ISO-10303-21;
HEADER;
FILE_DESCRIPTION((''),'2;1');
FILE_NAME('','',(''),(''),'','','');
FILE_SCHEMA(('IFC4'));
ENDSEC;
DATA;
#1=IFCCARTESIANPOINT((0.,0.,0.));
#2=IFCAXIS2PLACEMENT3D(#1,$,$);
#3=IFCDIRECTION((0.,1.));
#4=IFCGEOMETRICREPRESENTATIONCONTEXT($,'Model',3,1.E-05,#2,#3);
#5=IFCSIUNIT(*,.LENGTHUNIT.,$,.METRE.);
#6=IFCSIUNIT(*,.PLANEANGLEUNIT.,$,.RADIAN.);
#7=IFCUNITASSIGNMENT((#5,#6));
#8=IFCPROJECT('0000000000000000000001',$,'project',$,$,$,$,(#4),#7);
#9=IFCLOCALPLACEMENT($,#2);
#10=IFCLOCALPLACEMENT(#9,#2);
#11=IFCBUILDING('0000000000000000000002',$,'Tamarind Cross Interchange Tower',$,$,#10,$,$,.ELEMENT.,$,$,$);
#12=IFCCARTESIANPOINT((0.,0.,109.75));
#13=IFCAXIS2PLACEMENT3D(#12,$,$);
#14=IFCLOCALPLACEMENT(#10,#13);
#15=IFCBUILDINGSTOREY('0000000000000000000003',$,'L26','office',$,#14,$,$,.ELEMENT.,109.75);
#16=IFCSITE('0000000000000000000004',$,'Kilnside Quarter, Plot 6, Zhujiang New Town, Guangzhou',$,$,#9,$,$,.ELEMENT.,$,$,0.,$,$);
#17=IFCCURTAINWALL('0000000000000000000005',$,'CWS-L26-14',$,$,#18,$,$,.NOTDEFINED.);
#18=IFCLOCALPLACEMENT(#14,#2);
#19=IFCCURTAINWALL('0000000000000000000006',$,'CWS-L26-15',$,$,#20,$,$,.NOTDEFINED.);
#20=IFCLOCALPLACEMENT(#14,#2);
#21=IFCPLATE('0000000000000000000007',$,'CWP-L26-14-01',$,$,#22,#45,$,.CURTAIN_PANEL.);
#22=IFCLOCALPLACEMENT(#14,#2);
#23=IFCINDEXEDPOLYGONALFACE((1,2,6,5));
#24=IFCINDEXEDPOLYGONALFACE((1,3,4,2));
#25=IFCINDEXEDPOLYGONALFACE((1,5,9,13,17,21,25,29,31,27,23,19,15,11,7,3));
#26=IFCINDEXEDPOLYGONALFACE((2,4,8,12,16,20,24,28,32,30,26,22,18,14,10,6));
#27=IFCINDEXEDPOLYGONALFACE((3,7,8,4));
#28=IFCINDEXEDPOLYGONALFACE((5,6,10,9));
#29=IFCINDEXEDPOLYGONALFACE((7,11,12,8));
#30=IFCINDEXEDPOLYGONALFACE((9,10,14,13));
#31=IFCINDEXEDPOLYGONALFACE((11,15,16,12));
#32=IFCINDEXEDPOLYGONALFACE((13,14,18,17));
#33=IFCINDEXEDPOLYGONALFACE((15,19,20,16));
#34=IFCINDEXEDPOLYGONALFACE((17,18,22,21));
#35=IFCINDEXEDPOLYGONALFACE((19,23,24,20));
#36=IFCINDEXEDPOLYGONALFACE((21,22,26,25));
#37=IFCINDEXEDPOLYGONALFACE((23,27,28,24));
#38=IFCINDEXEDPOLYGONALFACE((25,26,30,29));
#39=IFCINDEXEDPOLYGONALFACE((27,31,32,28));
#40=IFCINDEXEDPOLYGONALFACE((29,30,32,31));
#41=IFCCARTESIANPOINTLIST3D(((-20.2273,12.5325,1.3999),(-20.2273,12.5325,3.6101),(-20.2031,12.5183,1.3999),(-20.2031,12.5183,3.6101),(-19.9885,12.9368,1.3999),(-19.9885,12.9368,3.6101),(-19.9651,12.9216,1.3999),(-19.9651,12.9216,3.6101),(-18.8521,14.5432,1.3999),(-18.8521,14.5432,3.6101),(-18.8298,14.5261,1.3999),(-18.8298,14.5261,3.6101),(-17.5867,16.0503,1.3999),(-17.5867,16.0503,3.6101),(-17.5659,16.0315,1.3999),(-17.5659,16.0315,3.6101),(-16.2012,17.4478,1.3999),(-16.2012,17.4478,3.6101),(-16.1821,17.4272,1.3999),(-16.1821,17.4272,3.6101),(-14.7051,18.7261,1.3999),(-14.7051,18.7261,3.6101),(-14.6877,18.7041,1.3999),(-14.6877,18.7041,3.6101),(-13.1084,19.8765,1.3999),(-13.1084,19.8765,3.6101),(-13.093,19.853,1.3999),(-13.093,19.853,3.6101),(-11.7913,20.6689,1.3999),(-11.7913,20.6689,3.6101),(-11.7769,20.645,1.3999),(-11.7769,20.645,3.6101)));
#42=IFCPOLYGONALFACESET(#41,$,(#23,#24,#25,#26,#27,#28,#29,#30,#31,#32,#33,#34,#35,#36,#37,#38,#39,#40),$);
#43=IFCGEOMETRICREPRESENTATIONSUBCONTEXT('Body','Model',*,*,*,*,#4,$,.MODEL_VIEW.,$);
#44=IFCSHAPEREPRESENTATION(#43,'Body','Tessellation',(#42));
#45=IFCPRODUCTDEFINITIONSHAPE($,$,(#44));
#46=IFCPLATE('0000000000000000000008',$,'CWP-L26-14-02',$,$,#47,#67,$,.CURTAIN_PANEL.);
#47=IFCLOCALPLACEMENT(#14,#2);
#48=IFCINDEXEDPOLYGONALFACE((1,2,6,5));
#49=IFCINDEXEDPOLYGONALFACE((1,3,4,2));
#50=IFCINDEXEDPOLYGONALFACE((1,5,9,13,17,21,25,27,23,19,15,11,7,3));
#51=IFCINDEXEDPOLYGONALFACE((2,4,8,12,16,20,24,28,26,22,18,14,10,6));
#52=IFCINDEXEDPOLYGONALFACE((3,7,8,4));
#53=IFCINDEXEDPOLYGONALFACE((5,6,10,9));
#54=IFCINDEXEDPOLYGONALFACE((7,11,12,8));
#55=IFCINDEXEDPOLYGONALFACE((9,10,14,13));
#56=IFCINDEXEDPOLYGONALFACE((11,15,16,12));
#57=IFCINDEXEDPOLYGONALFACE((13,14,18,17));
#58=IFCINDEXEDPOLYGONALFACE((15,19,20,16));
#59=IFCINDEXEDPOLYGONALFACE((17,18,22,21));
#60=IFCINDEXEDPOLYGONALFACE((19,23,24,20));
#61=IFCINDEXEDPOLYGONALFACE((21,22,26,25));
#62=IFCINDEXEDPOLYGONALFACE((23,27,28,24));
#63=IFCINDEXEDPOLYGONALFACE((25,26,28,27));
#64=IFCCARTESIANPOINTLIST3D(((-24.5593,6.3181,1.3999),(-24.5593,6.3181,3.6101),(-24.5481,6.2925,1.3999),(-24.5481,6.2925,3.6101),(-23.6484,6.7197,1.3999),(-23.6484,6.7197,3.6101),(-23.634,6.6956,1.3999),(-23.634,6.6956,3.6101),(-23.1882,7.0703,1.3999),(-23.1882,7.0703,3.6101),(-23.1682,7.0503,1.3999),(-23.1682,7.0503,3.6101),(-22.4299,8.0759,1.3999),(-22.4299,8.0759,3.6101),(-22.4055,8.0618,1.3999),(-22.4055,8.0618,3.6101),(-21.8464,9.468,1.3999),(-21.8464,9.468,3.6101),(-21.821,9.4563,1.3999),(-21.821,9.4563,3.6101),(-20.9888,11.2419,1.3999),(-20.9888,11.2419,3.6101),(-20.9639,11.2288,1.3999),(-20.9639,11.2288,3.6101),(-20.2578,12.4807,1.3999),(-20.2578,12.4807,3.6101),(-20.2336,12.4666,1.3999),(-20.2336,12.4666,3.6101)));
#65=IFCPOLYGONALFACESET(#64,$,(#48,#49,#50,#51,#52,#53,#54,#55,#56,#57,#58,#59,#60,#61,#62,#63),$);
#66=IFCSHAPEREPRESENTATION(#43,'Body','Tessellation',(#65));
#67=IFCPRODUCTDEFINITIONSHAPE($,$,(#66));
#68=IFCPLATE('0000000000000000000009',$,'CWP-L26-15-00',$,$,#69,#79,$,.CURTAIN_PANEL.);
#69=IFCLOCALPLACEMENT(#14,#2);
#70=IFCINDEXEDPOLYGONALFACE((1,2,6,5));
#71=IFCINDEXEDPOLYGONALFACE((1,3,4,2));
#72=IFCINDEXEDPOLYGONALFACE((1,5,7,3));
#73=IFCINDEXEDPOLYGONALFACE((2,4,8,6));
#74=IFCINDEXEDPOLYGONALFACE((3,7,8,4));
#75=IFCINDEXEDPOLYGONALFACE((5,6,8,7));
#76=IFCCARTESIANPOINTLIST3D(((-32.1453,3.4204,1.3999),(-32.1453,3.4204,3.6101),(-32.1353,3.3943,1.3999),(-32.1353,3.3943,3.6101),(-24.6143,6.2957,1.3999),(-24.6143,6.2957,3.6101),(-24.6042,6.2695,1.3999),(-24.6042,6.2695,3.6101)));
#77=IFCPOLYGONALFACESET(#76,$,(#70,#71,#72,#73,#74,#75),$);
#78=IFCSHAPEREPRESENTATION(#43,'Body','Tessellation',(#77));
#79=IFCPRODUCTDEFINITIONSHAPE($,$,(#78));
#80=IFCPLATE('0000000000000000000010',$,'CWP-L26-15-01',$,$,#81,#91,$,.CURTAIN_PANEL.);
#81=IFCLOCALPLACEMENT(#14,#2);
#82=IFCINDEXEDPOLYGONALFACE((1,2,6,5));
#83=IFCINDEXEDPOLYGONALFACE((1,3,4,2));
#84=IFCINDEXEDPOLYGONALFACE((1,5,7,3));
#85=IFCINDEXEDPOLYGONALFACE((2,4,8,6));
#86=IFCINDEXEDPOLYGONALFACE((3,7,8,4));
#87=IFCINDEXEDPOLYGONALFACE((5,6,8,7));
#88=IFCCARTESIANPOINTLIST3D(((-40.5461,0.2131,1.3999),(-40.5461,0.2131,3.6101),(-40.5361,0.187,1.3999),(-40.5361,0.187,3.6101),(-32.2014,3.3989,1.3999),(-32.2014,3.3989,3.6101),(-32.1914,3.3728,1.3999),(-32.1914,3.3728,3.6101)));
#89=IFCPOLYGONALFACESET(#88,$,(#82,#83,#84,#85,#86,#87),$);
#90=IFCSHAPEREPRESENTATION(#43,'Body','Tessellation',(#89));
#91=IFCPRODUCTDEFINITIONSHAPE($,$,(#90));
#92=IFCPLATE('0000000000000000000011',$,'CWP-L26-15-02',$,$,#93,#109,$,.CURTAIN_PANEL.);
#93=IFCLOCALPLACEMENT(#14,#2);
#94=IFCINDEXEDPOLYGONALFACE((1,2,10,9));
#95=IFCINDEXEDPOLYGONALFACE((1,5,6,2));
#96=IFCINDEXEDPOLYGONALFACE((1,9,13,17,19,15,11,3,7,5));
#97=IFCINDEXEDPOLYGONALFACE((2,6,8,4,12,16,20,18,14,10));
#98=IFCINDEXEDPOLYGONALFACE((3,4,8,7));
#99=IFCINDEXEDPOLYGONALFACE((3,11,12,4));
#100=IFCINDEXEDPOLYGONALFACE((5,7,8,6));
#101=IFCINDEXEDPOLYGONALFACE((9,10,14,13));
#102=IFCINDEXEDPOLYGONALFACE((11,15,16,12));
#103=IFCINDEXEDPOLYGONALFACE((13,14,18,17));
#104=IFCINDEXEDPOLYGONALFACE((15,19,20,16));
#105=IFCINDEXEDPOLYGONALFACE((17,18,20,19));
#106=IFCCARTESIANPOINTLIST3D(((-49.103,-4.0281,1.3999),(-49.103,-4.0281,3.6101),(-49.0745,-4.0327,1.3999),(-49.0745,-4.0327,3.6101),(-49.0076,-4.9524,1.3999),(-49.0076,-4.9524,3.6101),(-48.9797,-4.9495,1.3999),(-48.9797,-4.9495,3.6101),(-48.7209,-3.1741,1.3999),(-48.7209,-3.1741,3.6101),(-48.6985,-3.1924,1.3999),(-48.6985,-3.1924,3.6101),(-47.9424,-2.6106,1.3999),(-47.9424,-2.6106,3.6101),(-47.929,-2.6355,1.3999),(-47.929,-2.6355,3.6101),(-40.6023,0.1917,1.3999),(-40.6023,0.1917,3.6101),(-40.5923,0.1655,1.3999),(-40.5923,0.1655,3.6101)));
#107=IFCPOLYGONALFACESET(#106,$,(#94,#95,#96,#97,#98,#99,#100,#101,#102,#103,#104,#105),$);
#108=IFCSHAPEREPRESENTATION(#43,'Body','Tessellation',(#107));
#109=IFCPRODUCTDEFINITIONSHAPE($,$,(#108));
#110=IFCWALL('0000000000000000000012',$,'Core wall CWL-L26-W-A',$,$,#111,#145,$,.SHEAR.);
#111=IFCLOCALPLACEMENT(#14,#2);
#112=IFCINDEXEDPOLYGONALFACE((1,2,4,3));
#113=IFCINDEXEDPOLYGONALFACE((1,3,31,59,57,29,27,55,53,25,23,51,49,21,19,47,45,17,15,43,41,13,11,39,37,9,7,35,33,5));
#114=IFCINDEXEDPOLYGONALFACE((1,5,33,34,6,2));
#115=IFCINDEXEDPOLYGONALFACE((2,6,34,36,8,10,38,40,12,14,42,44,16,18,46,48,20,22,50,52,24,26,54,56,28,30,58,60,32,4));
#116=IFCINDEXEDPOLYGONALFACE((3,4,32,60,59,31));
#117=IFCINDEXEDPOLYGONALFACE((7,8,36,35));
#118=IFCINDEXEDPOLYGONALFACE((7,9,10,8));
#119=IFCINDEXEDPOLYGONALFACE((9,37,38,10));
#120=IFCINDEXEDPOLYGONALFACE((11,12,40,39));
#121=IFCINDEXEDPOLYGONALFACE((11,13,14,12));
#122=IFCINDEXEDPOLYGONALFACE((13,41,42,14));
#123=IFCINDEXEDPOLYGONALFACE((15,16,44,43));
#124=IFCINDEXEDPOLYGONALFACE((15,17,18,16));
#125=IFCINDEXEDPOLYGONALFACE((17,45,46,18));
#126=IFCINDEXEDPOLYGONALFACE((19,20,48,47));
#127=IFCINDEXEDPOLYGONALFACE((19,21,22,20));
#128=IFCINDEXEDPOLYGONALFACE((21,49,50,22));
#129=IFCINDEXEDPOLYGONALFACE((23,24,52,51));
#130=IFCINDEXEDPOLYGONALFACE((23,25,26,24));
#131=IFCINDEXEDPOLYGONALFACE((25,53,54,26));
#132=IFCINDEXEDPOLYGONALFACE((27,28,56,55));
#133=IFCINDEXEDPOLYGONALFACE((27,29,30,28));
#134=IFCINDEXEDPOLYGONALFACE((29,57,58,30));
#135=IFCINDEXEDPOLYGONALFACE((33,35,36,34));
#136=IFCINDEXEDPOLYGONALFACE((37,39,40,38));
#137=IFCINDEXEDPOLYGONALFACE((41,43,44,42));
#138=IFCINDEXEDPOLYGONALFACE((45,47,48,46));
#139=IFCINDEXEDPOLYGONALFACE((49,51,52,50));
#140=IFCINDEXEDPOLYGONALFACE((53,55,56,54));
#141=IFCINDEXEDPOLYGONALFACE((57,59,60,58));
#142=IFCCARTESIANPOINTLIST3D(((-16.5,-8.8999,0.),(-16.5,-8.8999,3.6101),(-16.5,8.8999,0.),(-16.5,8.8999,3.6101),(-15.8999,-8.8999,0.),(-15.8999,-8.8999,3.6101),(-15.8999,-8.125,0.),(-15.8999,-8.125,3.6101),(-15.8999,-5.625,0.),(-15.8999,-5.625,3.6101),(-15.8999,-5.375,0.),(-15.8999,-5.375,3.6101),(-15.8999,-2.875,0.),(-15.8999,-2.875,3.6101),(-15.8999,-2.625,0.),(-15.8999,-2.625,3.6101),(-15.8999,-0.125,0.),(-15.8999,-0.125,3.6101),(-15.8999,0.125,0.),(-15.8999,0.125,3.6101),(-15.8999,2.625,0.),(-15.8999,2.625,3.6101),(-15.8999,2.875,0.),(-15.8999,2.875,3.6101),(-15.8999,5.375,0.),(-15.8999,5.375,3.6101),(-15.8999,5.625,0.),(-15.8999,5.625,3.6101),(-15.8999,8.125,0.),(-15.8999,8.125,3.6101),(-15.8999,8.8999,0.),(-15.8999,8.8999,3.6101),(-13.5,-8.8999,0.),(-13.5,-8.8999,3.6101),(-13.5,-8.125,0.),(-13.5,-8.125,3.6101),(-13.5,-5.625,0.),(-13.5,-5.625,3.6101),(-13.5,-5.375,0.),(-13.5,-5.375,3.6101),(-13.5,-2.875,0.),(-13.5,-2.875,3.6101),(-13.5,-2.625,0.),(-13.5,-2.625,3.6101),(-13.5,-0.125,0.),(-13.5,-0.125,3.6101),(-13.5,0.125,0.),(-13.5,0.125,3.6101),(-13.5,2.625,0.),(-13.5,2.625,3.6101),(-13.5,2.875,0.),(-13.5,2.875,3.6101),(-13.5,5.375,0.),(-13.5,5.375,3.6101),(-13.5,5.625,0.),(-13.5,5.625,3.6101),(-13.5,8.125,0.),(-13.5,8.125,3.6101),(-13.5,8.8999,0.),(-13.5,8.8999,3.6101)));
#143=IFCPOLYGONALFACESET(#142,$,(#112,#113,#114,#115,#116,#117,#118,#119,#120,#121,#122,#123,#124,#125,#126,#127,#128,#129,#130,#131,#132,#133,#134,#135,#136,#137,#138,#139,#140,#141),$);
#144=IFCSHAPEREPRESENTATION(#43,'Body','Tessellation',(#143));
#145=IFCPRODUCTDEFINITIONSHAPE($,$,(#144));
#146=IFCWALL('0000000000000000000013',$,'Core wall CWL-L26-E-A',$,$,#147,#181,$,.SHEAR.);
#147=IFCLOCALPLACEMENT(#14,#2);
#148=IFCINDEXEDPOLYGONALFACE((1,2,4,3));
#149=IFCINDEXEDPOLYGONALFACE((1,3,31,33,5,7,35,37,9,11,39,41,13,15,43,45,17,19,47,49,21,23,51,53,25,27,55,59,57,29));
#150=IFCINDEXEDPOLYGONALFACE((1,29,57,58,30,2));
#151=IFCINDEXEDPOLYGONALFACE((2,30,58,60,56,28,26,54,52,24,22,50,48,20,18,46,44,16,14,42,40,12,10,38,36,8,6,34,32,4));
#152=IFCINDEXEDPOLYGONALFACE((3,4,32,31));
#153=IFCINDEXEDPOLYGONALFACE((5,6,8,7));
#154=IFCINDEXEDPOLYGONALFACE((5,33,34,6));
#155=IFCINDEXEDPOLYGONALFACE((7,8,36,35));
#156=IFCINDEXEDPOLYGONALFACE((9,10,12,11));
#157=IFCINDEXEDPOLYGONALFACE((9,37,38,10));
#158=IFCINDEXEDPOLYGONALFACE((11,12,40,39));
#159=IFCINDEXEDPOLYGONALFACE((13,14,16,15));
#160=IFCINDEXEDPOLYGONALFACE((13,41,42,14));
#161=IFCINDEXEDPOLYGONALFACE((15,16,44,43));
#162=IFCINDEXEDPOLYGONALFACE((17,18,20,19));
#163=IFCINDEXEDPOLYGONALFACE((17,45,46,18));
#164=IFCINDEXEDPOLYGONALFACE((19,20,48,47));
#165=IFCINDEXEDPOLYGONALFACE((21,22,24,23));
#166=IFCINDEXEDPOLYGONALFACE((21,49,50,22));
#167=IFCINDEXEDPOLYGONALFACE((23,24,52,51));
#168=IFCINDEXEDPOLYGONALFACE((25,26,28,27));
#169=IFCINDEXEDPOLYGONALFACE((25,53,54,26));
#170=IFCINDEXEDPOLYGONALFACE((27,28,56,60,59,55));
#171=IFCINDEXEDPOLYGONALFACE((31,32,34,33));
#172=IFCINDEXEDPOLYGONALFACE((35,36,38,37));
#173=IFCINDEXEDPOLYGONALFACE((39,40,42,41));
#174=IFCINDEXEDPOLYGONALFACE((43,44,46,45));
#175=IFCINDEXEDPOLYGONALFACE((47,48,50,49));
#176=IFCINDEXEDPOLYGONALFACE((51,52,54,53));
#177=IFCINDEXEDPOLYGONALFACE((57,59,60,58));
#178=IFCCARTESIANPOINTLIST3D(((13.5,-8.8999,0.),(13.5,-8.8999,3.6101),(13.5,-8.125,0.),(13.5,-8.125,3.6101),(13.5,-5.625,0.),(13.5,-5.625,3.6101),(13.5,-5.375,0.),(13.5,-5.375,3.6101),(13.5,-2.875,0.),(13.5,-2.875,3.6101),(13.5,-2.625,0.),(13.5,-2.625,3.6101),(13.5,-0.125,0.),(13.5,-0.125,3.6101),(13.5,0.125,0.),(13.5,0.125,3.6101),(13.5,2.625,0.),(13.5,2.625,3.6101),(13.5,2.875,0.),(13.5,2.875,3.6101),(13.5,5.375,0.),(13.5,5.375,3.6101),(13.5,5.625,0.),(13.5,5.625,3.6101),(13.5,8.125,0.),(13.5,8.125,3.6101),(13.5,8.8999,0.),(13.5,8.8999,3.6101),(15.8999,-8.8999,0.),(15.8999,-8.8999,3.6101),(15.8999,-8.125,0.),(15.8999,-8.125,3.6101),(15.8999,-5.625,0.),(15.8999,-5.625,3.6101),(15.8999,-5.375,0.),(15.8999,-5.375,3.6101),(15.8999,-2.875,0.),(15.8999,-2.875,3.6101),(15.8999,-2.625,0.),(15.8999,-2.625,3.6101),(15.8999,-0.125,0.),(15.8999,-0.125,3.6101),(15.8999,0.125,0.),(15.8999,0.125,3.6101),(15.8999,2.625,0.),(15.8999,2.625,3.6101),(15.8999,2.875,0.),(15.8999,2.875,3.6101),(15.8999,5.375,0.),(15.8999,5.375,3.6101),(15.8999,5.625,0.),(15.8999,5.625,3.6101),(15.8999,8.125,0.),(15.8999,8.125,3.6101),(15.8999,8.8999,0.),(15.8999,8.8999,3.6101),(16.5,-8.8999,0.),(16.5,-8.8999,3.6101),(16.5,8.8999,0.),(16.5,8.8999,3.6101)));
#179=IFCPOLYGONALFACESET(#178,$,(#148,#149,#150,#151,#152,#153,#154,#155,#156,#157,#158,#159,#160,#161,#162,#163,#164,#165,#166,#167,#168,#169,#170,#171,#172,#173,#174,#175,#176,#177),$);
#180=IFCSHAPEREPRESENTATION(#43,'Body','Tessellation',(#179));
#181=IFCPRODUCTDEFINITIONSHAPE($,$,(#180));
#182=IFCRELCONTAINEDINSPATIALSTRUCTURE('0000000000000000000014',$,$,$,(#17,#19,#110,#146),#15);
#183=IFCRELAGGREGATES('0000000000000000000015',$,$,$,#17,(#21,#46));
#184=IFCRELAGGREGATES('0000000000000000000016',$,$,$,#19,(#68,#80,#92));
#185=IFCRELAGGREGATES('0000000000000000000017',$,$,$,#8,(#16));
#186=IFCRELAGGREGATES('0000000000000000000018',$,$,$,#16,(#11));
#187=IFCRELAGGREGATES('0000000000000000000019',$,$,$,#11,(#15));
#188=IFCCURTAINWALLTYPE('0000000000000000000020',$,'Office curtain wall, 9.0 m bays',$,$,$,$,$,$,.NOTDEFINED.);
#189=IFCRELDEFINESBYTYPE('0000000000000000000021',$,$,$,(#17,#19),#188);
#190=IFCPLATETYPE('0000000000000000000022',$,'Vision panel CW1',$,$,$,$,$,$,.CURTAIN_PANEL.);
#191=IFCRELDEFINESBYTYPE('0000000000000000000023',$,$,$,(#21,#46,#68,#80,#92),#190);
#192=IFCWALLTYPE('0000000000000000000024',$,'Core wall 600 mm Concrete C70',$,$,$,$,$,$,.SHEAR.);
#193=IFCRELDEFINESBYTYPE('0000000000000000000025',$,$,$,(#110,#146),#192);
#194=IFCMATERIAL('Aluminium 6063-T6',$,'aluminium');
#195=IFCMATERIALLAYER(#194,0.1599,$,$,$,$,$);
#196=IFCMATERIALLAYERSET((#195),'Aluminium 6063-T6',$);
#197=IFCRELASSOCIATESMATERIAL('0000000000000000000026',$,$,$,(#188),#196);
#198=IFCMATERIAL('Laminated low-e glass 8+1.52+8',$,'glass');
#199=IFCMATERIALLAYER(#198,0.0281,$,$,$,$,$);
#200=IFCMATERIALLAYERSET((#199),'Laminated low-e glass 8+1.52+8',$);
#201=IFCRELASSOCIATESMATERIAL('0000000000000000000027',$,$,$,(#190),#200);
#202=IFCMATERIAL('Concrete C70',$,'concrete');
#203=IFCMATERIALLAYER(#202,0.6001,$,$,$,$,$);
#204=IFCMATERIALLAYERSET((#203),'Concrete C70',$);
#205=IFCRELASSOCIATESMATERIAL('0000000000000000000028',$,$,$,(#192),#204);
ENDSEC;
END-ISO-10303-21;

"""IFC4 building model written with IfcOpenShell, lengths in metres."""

from ifc_helpers import new_model, si_unit, direction, frame, origin, place, context, subcontext, project, spatial, polyline, outline, extrude, material, layer, layer_set, type_object, element, aggregate, save


model = new_model("IFC4")

# Units and contexts
model_context = context("Model", 3, precision=1e-05, world=origin(), true_north=direction((0.0, 1.0)))
body_context = subcontext(model_context, "Body", "Model", "MODEL_VIEW")
ifc_project = project(units=[si_unit("LENGTHUNIT", "METRE"), si_unit("PLANEANGLEUNIT", "RADIAN")], contexts=[model_context])

# Site, building, storey
site_placement = place(None, origin())
site = spatial("IfcSite", under=ifc_project, at=site_placement, Name="Kilnside Quarter, Plot 6, Zhujiang New Town, Guangzhou", CompositionType="ELEMENT", RefElevation=0.0)
building_placement = place(site_placement, origin())
building = spatial("IfcBuilding", under=site, at=building_placement, Name="Tamarind Cross Interchange Tower", CompositionType="ELEMENT")
storey_placement = place(building_placement, frame((0.0, 0.0, 109.75)))
storey = spatial("IfcBuildingStorey", under=building, at=storey_placement, Name="L26", Description="office", CompositionType="ELEMENT", Elevation=109.75)

# Curtain walls
ifc_material_1 = material(Name="Aluminium 6063-T6", Category="aluminium")
ifc_layer_1 = layer(ifc_material_1, 0.1599)
ifc_layer_set_1 = layer_set([ifc_layer_1], Name="Aluminium 6063-T6")
curtain_wall_type = type_object("IfcCurtainWallType", Name="Office curtain wall, 9.0 m bays", PredefinedType="NOTDEFINED", material=ifc_layer_set_1)
curtain_wall_1_placement = place(storey_placement, origin())
curtain_wall_1 = element("IfcCurtainWall", 1, at=curtain_wall_1_placement, inside=storey, type_object=curtain_wall_type, Name="CWS-L26-14", PredefinedType="NOTDEFINED")
curtain_wall_2_placement = place(storey_placement, origin())
curtain_wall_2 = element("IfcCurtainWall", 2, at=curtain_wall_2_placement, inside=storey, type_object=curtain_wall_type, Name="CWS-L26-15", PredefinedType="NOTDEFINED")

# Plates
ifc_material_2 = material(Name="Laminated low-e glass 8+1.52+8", Category="glass")
ifc_layer_2 = layer(ifc_material_2, 0.0281)
ifc_layer_set_2 = layer_set([ifc_layer_2], Name="Laminated low-e glass 8+1.52+8")
plate_type = type_object("IfcPlateType", Name="Vision panel CW1", PredefinedType="CURTAIN_PANEL", material=ifc_layer_set_2)
plate_1_placement = place(storey_placement, frame((0.0, 0.0, 1.3999)))
plate_1 = element("IfcPlate", 3, at=plate_1_placement, type_object=plate_type, Name="CWP-L26-14-01", PredefinedType="CURTAIN_PANEL", context=body_context, shape_type="SweptSolid", body=[
    extrude(outline(polyline([(-11.7769, 20.645), (-13.093, 19.853), (-14.6877, 18.7041), (-16.1821, 17.4272), (-17.5659, 16.0315), (-18.8298, 14.5261), (-19.9651, 12.9216), (-20.2031, 12.5183), (-20.2273, 12.5325), (-19.9885, 12.9368), (-18.8521, 14.5432), (-17.5867, 16.0503), (-16.2012, 17.4478), (-14.7051, 18.7261), (-13.1084, 19.8765), (-11.7913, 20.6689), (-11.7769, 20.645)])), origin(), (0.0, 0.0, 1.0), 2.2102),
])
plate_2_placement = place(storey_placement, frame((0.0, 0.0, 1.3999)))
plate_2 = element("IfcPlate", 4, at=plate_2_placement, type_object=plate_type, Name="CWP-L26-14-02", PredefinedType="CURTAIN_PANEL", context=body_context, shape_type="SweptSolid", body=[
    extrude(outline(polyline([(-20.2336, 12.4666), (-20.9639, 11.2288), (-21.821, 9.4563), (-22.4055, 8.0618), (-23.1682, 7.0503), (-23.634, 6.6956), (-24.5481, 6.2925), (-24.5593, 6.3181), (-23.6484, 6.7197), (-23.1882, 7.0703), (-22.4299, 8.0759), (-21.8464, 9.468), (-20.9888, 11.2419), (-20.2578, 12.4807), (-20.2336, 12.4666)])), origin(), (0.0, 0.0, 1.0), 2.2102),
])
aggregate(curtain_wall_1, [plate_1, plate_2])
plate_3_placement = place(storey_placement, frame((0.0, 0.0, 1.3999)))
plate_3 = element("IfcPlate", 5, at=plate_3_placement, type_object=plate_type, Name="CWP-L26-15-00", PredefinedType="CURTAIN_PANEL", context=body_context, shape_type="SweptSolid", body=[
    extrude(outline(polyline([(-24.6042, 6.2695), (-32.1353, 3.3943), (-32.1453, 3.4204), (-24.6143, 6.2957), (-24.6042, 6.2695)])), origin(), (0.0, 0.0, 1.0), 2.2102),
])
plate_4_placement = place(storey_placement, frame((0.0, 0.0, 1.3999)))
plate_4 = element("IfcPlate", 6, at=plate_4_placement, type_object=plate_type, Name="CWP-L26-15-01", PredefinedType="CURTAIN_PANEL", context=body_context, shape_type="SweptSolid", body=[
    extrude(outline(polyline([(-32.1914, 3.3728), (-40.5361, 0.187), (-40.5461, 0.2131), (-32.2014, 3.3989), (-32.1914, 3.3728)])), origin(), (0.0, 0.0, 1.0), 2.2102),
])
plate_5_placement = place(storey_placement, frame((0.0, 0.0, 1.3999)))
plate_5 = element("IfcPlate", 7, at=plate_5_placement, type_object=plate_type, Name="CWP-L26-15-02", PredefinedType="CURTAIN_PANEL", context=body_context, shape_type="SweptSolid", body=[
    extrude(outline(polyline([(-40.5923, 0.1655), (-47.929, -2.6355), (-48.6985, -3.1924), (-49.0745, -4.0327), (-48.9797, -4.9495), (-49.0076, -4.9524), (-49.103, -4.0281), (-48.7209, -3.1741), (-47.9424, -2.6106), (-40.6023, 0.1917), (-40.5923, 0.1655)])), origin(), (0.0, 0.0, 1.0), 2.2102),
])
aggregate(curtain_wall_2, [plate_3, plate_4, plate_5])

# Walls
ifc_material_3 = material(Name="Concrete C70", Category="concrete")
ifc_layer_3 = layer(ifc_material_3, 0.6001)
ifc_layer_set_3 = layer_set([ifc_layer_3], Name="Concrete C70")
wall_type_1 = type_object("IfcWallType", Name="Core wall 600 mm Concrete C70", PredefinedType="SHEAR", material=ifc_layer_set_3)
wall_1_placement = place(storey_placement, origin())
element("IfcWall", 8, at=wall_1_placement, inside=storey, type_object=wall_type_1, Name="Core wall CWL-L26-W-A", PredefinedType="SHEAR", context=body_context, shape_type="SweptSolid", body=[
    extrude(outline(polyline([(-13.5, -8.8999), (-13.5, -8.125), (-15.8999, -8.125), (-15.8999, -5.625), (-13.5, -5.625), (-13.5, -5.375), (-15.8999, -5.375), (-15.8999, -2.875), (-13.5, -2.875), (-13.5, -2.625), (-15.8999, -2.625), (-15.8999, -0.125), (-13.5, -0.125), (-13.5, 0.125), (-15.8999, 0.125), (-15.8999, 2.625), (-13.5, 2.625), (-13.5, 2.875), (-15.8999, 2.875), (-15.8999, 5.375), (-13.5, 5.375), (-13.5, 5.625), (-15.8999, 5.625), (-15.8999, 8.125), (-13.5, 8.125), (-13.5, 8.8999), (-15.8999, 8.8999), (-16.5, 8.8999), (-16.5, -8.8999), (-15.8999, -8.8999), (-13.5, -8.8999)])), origin(), (0.0, 0.0, 1.0), 3.6101),
])
wall_2_placement = place(storey_placement, origin())
element("IfcWall", 9, at=wall_2_placement, inside=storey, type_object=wall_type_1, Name="Core wall CWL-L26-E-A", PredefinedType="SHEAR", context=body_context, shape_type="SweptSolid", body=[
    extrude(outline(polyline([(13.5, -8.8999), (15.8999, -8.8999), (16.5, -8.8999), (16.5, 8.8999), (15.8999, 8.8999), (13.5, 8.8999), (13.5, 8.125), (15.8999, 8.125), (15.8999, 5.625), (13.5, 5.625), (13.5, 5.375), (15.8999, 5.375), (15.8999, 2.875), (13.5, 2.875), (13.5, 2.625), (15.8999, 2.625), (15.8999, 0.125), (13.5, 0.125), (13.5, -0.125), (15.8999, -0.125), (15.8999, -2.625), (13.5, -2.625), (13.5, -2.875), (15.8999, -2.875), (15.8999, -5.375), (13.5, -5.375), (13.5, -5.625), (15.8999, -5.625), (15.8999, -8.125), (13.5, -8.125), (13.5, -8.8999)])), origin(), (0.0, 0.0, 1.0), 3.6101),
])

save(model, "model.ifc")
